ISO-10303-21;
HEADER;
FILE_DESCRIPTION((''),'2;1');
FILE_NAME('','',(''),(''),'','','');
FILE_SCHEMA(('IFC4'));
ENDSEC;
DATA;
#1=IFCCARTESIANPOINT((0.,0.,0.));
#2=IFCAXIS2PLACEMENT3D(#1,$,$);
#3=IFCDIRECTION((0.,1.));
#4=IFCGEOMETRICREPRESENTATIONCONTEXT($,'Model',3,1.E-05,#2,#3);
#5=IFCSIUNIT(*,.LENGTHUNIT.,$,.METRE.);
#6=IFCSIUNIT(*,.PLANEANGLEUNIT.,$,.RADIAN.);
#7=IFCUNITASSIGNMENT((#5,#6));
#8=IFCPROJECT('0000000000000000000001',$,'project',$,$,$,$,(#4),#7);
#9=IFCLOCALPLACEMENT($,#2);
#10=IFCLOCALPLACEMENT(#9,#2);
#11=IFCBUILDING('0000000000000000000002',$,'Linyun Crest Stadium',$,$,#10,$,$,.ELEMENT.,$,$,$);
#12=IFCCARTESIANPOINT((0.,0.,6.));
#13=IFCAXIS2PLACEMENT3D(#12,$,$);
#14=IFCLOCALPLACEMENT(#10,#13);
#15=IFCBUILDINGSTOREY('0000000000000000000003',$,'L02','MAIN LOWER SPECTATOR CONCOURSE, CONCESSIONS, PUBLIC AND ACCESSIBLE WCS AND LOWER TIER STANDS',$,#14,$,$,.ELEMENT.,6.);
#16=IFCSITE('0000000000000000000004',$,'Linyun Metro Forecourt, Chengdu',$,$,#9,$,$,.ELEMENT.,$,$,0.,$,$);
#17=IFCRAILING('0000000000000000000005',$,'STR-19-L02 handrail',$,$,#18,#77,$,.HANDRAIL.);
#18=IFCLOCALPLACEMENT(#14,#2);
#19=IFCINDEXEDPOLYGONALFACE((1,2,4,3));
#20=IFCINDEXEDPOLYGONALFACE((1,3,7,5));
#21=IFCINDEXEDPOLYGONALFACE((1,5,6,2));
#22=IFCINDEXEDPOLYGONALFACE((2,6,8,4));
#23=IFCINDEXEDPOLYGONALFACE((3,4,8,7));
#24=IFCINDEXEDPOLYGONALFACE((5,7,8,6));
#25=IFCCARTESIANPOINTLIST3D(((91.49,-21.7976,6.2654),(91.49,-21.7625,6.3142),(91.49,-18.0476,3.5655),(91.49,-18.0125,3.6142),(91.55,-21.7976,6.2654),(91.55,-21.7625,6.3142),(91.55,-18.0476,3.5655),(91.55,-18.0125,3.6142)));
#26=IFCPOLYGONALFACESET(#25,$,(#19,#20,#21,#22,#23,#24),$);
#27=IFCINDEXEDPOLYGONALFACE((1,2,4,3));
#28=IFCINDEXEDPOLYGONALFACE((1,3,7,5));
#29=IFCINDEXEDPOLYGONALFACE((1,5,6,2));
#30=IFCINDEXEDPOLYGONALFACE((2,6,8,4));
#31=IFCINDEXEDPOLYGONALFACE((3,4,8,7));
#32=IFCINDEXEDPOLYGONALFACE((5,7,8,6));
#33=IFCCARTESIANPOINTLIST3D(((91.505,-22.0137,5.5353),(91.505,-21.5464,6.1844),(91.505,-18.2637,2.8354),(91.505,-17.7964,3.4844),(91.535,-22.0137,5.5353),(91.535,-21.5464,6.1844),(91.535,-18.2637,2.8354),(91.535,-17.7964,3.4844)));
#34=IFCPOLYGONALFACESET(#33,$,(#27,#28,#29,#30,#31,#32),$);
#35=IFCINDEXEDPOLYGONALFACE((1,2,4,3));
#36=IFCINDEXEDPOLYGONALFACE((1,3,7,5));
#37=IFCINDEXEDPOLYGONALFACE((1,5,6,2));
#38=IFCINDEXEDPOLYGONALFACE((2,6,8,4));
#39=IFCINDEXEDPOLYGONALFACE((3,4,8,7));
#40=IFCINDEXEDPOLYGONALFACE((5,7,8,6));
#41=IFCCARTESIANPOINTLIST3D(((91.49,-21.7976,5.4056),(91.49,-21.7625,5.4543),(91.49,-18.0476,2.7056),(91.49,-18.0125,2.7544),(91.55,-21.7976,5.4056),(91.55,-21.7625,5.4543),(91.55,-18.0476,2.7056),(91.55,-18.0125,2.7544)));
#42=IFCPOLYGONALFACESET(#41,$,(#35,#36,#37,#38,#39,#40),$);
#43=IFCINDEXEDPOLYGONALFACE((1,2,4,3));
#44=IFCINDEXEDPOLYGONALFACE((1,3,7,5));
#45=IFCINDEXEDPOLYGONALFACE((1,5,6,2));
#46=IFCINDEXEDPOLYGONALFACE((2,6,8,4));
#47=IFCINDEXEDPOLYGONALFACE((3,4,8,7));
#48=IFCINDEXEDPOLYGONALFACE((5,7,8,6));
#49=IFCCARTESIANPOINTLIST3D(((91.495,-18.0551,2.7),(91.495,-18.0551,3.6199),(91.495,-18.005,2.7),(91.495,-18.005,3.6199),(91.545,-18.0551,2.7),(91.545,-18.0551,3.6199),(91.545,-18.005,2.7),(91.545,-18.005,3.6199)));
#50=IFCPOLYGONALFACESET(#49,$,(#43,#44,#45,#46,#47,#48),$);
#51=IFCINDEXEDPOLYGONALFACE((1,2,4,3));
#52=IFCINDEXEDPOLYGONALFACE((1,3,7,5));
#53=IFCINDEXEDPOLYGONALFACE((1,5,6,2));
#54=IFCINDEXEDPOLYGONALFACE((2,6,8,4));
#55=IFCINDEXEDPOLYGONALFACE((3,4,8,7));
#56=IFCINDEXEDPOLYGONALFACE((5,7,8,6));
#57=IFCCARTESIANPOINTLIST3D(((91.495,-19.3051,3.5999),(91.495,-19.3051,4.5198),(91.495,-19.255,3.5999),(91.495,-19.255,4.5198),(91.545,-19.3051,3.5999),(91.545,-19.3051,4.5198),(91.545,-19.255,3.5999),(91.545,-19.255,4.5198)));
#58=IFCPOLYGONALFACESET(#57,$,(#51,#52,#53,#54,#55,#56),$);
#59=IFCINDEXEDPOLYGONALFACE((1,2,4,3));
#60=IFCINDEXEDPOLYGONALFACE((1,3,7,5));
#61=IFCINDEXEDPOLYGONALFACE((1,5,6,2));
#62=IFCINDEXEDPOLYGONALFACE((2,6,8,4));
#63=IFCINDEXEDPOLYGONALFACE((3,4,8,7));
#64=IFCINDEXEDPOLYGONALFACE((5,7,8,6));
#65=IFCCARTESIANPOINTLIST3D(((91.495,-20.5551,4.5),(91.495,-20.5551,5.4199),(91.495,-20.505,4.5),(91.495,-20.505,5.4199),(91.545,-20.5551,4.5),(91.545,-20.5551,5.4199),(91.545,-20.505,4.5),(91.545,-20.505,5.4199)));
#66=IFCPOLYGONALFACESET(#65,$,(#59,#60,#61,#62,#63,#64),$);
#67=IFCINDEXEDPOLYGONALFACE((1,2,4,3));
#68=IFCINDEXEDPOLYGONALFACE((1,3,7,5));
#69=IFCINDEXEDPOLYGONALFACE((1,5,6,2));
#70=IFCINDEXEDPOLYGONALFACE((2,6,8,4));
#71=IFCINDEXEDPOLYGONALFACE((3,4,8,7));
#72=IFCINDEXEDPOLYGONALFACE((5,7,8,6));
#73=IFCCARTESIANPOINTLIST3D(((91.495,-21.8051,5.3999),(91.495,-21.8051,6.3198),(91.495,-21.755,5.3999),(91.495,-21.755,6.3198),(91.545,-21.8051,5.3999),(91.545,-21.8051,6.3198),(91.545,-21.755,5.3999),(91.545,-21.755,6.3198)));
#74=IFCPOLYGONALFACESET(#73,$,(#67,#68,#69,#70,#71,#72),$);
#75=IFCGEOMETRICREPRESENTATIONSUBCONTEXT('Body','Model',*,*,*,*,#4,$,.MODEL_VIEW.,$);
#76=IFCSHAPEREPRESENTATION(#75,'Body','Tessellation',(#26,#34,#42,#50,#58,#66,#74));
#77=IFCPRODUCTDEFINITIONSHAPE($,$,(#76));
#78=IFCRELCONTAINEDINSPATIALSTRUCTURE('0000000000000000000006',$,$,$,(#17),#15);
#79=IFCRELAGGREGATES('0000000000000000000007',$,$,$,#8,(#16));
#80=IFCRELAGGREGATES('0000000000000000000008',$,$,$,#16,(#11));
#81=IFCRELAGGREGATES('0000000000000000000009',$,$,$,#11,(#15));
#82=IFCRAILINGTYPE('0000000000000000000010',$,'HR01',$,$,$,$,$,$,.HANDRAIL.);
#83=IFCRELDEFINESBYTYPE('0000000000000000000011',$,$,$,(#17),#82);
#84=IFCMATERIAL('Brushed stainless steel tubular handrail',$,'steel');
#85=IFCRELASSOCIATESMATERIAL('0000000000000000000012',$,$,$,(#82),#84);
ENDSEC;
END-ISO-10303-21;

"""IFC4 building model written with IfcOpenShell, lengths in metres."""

from ifc_helpers import new_model, si_unit, direction, frame, origin, origin_2d, place, context, subcontext, project, spatial, rectangle, extrude, material, type_object, element, save


model = new_model("IFC4")

# Units and contexts
model_context = context("Model", 3, precision=1e-05, world=origin(), true_north=direction((0.0, 1.0)))
body_context = subcontext(model_context, "Body", "Model", "MODEL_VIEW")
ifc_project = project(units=[si_unit("LENGTHUNIT", "METRE"), si_unit("PLANEANGLEUNIT", "RADIAN")], contexts=[model_context])

# Site, building, storey
site_placement = place(None, origin())
site = spatial("IfcSite", under=ifc_project, at=site_placement, Name="Linyun Metro Forecourt, Chengdu", CompositionType="ELEMENT", RefElevation=0.0)
building_placement = place(site_placement, origin())
building = spatial("IfcBuilding", under=site, at=building_placement, Name="Linyun Crest Stadium", CompositionType="ELEMENT")
storey_placement = place(building_placement, frame((0.0, 0.0, 6.0)))
storey = spatial("IfcBuildingStorey", under=building, at=storey_placement, Name="L02", Description="MAIN LOWER SPECTATOR CONCOURSE, CONCESSIONS, PUBLIC AND ACCESSIBLE WCS AND LOWER TIER STANDS", CompositionType="ELEMENT", Elevation=6.0)

# Railing
ifc_material_1 = material(Name="Brushed stainless steel tubular handrail", Category="steel")
railing_type_1 = type_object("IfcRailingType", Name="HR01", PredefinedType="HANDRAIL", material=ifc_material_1)
railing_1_placement = place(storey_placement, frame((91.52, -18.03, 2.7)))
element("IfcRailing", 1, at=railing_1_placement, inside=storey, type_object=railing_type_1, Name="STR-19-L02 handrail", PredefinedType="HANDRAIL", context=body_context, shape_type="SweptSolid", body=[
    extrude(rectangle(XDim=0.0601, YDim=0.0601, at=origin_2d()), frame((0.0, 0.0, 0.8899), z_axis=(0.0, -0.811539, 0.584298), x_axis=(1.0, 0.0, 0.0)), (0.0, 0.0, 1.0), 4.6208),
    extrude(rectangle(XDim=0.03, YDim=0.7998, at=origin_2d()), frame((0.0, 0.0, 0.46), z_axis=(0.0, -0.811539, 0.584298), x_axis=(1.0, 0.0, 0.0)), (0.0, 0.0, 1.0), 4.6208),
    extrude(rectangle(XDim=0.0601, YDim=0.0601, at=origin_2d()), frame((0.0, 0.0, 0.03), z_axis=(0.0, -0.811539, 0.584298), x_axis=(1.0, 0.0, 0.0)), (0.0, 0.0, 1.0), 4.6208),
    extrude(rectangle(XDim=0.05, YDim=0.05, at=origin_2d()), origin(), (0.0, 0.0, 1.0), 0.9199),
    extrude(rectangle(XDim=0.05, YDim=0.05, at=origin_2d()), frame((0.0, -1.25, 0.8999)), (0.0, 0.0, 1.0), 0.9199),
    extrude(rectangle(XDim=0.05, YDim=0.05, at=origin_2d()), frame((0.0, -2.5, 1.8)), (0.0, 0.0, 1.0), 0.9199),
    extrude(rectangle(XDim=0.05, YDim=0.05, at=origin_2d()), frame((0.0, -3.75, 2.7)), (0.0, 0.0, 1.0), 0.9199),
])

save(model, "model.ifc")
